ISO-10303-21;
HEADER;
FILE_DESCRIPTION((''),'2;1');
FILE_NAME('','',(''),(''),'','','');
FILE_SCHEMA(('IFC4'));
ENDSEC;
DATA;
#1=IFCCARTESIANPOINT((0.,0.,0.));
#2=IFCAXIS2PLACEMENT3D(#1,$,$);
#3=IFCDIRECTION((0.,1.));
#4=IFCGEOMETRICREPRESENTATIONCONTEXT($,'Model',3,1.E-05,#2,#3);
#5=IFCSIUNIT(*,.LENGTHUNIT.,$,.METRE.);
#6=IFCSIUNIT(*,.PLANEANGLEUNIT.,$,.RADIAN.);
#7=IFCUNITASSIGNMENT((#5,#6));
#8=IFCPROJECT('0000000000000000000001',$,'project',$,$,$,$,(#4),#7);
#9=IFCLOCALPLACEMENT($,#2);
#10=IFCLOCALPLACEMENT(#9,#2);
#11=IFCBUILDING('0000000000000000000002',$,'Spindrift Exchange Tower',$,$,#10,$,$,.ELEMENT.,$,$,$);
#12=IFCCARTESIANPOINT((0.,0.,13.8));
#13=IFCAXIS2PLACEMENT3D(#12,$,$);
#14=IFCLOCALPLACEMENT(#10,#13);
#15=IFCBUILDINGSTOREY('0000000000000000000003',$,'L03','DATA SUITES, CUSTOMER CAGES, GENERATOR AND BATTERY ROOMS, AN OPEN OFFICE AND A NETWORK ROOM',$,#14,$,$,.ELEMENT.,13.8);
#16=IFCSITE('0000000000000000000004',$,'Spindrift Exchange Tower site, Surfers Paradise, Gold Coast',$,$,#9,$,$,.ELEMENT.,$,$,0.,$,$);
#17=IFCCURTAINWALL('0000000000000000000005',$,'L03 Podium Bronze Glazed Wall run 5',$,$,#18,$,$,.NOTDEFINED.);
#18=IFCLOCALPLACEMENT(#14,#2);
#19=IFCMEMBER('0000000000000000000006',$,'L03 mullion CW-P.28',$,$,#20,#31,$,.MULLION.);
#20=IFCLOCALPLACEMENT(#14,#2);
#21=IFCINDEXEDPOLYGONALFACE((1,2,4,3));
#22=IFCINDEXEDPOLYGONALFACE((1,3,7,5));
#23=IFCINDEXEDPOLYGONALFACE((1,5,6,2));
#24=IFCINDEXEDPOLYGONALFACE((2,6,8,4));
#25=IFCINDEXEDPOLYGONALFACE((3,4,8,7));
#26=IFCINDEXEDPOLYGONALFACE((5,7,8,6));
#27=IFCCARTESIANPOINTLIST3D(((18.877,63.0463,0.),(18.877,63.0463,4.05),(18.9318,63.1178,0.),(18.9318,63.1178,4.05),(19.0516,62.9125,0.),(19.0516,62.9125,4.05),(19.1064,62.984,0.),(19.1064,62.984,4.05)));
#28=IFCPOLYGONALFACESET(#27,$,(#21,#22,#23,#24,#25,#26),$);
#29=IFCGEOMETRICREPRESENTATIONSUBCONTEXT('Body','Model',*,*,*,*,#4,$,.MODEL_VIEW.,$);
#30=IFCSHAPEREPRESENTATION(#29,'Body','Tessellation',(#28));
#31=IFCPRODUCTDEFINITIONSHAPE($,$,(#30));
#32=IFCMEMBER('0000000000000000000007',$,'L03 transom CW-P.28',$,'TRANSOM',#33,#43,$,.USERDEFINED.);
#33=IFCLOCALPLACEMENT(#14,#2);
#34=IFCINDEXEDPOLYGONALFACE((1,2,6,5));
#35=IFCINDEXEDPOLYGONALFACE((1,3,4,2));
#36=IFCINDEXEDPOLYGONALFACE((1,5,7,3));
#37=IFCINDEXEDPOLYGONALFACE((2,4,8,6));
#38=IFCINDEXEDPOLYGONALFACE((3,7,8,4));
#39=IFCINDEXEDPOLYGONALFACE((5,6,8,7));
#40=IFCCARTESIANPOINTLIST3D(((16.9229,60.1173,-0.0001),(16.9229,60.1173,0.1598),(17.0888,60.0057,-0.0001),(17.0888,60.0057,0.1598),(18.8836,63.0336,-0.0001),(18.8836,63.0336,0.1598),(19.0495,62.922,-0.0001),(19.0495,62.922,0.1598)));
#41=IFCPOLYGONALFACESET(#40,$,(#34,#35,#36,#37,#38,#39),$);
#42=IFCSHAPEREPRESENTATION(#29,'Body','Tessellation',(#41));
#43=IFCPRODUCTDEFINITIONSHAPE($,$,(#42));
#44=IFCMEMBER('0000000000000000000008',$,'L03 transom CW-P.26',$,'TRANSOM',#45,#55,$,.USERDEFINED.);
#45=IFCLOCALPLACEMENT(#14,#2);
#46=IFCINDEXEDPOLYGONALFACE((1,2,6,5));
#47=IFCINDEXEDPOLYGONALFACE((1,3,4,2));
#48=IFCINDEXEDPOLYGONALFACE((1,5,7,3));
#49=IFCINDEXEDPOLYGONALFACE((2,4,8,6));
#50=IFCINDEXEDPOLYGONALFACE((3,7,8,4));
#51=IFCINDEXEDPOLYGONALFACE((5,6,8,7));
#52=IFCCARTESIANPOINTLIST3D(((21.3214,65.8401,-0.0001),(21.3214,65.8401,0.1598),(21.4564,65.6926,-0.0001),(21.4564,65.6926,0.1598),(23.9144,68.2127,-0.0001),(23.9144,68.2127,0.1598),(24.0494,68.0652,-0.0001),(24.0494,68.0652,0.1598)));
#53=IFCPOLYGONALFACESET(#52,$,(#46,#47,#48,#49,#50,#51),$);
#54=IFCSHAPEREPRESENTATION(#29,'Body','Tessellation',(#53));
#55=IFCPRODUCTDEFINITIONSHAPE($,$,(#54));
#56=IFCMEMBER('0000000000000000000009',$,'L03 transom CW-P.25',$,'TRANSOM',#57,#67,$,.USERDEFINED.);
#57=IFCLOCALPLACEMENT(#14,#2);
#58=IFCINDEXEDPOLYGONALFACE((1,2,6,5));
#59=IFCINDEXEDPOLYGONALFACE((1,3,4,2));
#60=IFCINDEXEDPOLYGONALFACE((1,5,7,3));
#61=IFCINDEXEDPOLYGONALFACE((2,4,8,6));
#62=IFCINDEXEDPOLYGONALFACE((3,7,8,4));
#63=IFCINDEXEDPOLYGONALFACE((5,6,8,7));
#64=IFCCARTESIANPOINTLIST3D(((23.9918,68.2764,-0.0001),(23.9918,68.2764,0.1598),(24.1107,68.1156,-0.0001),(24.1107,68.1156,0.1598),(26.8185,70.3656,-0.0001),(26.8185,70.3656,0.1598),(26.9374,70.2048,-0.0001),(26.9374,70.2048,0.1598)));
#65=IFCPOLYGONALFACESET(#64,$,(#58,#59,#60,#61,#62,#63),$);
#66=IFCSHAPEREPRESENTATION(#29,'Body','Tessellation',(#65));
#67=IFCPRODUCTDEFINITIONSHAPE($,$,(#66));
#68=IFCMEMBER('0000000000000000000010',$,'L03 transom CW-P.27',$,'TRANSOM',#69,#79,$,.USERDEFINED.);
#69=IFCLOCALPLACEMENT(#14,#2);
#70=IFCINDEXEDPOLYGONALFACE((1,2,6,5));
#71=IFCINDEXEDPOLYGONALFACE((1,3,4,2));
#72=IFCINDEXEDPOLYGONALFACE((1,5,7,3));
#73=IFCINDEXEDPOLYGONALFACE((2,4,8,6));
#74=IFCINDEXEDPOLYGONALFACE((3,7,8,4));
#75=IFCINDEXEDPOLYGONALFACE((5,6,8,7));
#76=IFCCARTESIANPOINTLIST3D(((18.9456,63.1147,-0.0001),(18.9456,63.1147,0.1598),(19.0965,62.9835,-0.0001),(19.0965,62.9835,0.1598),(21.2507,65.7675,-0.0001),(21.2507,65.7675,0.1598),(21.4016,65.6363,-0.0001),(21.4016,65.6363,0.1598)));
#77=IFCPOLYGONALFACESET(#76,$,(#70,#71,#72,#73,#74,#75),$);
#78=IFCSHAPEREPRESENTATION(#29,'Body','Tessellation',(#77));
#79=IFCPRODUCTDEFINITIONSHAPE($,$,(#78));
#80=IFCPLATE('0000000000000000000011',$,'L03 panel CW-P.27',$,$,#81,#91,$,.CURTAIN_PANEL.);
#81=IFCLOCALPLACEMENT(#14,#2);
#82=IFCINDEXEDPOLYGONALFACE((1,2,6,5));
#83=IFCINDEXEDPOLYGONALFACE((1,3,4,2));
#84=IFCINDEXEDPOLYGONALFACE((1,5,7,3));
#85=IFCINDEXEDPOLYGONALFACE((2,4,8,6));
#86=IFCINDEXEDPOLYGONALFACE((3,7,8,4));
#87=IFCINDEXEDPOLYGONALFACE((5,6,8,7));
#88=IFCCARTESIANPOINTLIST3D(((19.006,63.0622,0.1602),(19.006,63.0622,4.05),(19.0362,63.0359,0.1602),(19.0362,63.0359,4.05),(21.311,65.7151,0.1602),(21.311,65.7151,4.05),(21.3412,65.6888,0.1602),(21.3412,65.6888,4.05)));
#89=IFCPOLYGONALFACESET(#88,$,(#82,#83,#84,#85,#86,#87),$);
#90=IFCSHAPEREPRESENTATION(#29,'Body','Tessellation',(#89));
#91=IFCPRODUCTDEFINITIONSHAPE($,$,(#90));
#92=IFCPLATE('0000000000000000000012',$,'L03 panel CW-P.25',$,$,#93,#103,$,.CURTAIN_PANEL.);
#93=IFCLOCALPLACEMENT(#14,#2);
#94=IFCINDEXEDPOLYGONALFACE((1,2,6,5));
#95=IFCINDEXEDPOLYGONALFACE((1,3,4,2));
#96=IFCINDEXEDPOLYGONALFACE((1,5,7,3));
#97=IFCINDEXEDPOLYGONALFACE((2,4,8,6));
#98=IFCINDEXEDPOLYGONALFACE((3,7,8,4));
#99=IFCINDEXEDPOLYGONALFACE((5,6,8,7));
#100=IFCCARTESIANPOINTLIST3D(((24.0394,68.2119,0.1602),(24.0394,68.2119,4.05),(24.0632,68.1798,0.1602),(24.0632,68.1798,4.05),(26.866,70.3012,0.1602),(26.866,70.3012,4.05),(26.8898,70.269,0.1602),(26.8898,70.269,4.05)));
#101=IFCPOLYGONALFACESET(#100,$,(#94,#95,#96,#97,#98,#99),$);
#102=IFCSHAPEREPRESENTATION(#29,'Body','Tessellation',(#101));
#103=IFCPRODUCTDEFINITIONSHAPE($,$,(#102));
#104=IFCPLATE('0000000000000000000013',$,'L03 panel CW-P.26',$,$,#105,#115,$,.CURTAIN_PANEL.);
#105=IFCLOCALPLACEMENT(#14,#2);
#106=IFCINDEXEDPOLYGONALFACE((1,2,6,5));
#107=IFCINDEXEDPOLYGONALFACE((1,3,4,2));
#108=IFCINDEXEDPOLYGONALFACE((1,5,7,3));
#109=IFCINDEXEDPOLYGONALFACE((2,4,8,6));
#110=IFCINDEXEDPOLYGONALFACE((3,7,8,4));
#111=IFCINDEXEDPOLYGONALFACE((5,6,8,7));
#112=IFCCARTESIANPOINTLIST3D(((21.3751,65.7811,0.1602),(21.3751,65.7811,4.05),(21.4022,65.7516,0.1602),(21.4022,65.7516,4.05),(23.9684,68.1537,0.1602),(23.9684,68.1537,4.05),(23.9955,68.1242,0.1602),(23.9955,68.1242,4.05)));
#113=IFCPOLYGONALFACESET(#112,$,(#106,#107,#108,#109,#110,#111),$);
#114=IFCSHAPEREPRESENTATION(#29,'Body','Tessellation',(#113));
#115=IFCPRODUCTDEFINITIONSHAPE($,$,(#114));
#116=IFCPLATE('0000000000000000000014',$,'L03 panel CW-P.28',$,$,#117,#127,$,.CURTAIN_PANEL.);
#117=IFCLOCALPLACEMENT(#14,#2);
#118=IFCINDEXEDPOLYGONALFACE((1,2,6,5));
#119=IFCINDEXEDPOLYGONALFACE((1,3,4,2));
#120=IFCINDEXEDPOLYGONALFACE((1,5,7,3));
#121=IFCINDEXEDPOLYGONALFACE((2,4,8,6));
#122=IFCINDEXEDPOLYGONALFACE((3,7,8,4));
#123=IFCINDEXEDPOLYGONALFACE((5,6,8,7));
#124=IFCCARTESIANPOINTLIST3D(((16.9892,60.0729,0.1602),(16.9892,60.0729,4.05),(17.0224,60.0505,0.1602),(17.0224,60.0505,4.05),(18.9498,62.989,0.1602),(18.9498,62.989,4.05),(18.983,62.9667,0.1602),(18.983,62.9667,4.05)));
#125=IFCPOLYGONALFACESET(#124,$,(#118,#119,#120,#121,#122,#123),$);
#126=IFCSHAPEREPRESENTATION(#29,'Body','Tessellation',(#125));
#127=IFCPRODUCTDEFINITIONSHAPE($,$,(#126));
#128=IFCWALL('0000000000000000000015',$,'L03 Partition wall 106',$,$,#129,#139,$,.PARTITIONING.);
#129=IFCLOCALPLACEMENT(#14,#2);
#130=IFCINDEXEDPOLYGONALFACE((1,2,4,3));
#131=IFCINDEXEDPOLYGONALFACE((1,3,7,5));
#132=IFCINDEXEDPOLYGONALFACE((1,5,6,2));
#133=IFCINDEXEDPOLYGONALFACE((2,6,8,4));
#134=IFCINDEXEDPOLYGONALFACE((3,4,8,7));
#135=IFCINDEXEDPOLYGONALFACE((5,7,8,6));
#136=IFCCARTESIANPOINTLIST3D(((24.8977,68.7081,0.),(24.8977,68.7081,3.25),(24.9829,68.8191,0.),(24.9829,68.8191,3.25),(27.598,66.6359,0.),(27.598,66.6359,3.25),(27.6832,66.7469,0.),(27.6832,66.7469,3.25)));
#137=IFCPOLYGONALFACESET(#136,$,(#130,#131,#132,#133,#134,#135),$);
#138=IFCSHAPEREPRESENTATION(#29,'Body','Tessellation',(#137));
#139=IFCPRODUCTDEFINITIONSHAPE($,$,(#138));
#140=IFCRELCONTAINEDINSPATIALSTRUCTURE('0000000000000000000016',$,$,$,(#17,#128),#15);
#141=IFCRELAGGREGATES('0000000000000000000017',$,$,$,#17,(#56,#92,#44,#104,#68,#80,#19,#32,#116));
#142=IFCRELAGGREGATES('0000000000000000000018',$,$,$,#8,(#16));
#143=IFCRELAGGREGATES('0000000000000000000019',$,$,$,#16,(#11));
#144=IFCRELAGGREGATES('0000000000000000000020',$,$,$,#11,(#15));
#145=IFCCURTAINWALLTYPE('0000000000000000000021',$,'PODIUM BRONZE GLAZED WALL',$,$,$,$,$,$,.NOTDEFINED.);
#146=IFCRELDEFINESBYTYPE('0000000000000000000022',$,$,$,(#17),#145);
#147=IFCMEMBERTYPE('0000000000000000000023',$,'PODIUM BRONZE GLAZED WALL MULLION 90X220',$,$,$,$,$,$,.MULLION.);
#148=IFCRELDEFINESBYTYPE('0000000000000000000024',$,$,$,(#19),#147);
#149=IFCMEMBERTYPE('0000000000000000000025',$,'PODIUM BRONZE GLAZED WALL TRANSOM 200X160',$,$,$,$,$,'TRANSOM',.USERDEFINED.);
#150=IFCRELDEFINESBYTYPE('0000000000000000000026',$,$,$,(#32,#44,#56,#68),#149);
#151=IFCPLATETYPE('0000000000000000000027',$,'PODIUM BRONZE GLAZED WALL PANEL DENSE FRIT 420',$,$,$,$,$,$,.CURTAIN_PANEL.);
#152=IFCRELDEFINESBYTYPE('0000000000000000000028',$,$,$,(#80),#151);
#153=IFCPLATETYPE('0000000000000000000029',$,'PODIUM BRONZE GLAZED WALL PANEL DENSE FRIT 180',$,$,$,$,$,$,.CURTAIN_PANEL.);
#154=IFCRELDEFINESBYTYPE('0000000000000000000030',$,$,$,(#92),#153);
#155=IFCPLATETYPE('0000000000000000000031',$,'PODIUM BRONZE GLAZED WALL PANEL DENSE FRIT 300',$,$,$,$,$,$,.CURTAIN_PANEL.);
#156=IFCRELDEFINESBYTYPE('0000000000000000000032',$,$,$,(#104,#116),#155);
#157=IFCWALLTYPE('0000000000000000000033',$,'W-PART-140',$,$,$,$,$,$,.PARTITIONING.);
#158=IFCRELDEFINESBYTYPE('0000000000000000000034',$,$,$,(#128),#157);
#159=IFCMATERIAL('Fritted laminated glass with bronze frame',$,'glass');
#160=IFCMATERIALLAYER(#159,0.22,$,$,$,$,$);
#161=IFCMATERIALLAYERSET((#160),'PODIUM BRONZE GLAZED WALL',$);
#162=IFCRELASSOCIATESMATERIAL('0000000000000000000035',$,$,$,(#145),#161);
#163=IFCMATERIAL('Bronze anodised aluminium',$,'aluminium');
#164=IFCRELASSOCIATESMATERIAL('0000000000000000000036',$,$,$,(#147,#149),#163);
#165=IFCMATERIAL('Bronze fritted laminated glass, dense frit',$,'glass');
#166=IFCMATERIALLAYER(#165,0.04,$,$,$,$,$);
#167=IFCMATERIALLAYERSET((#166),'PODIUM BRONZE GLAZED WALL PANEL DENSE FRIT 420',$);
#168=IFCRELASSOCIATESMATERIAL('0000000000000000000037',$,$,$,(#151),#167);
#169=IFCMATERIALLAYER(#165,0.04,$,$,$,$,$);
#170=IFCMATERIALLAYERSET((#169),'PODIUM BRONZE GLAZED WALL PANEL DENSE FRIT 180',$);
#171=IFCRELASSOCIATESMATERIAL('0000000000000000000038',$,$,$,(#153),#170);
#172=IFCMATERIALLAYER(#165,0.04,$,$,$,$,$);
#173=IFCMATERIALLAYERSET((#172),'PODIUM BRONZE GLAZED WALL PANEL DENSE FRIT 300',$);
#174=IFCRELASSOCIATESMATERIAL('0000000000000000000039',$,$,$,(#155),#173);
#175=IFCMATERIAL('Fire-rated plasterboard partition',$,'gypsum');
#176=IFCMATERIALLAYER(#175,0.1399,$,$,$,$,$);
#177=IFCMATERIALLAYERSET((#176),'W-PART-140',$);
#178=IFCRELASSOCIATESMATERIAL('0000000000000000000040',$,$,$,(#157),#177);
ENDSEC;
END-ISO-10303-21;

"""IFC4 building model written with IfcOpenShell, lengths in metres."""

from ifc_helpers import new_model, si_unit, direction, frame, frame_2d, origin, origin_2d, place, context, subcontext, project, spatial, rectangle, extrude, source, transform, mapped, material, layer, layer_set, material_profile, profile_set, type_object, element, aggregate, save


model = new_model("IFC4")

# Units and contexts
model_context = context("Model", 3, precision=1e-05, world=origin(), true_north=direction((0.0, 1.0)))
body_context = subcontext(model_context, "Body", "Model", "MODEL_VIEW")
ifc_project = project(units=[si_unit("LENGTHUNIT", "METRE"), si_unit("PLANEANGLEUNIT", "RADIAN")], contexts=[model_context])

# Site, building, storey
site_placement = place(None, origin())
site = spatial("IfcSite", under=ifc_project, at=site_placement, Name="Spindrift Exchange Tower site, Surfers Paradise, Gold Coast", CompositionType="ELEMENT", RefElevation=0.0)
building_placement = place(site_placement, origin())
building = spatial("IfcBuilding", under=site, at=building_placement, Name="Spindrift Exchange Tower", CompositionType="ELEMENT")
storey_placement = place(building_placement, frame((0.0, 0.0, 13.8)))
storey = spatial("IfcBuildingStorey", under=building, at=storey_placement, Name="L03", Description="DATA SUITES, CUSTOMER CAGES, GENERATOR AND BATTERY ROOMS, AN OPEN OFFICE AND A NETWORK ROOM", CompositionType="ELEMENT", Elevation=13.8)

# Curtain wall, members, plates
ifc_material_1 = material(Name="Fritted laminated glass with bronze frame", Category="glass")
ifc_layer_1 = layer(ifc_material_1, 0.22)
ifc_layer_set_1 = layer_set([ifc_layer_1], Name="PODIUM BRONZE GLAZED WALL")
curtain_wall_type = type_object("IfcCurtainWallType", Name="PODIUM BRONZE GLAZED WALL", PredefinedType="NOTDEFINED", material=ifc_layer_set_1)
curtain_wall_placement = place(storey_placement, origin())
curtain_wall = element("IfcCurtainWall", 1, at=curtain_wall_placement, inside=storey, type_object=curtain_wall_type, Name="L03 Podium Bronze Glazed Wall run 5", PredefinedType="NOTDEFINED")
ifc_material_2 = material(Name="Bronze anodised aluminium", Category="aluminium")
ifc_material_profile_1 = material_profile(ifc_material_2, rectangle(XDim=0.0901, YDim=0.22, at=origin_2d()), Name="PODIUM BRONZE GLAZED WALL MULLION 90X220")
ifc_profile_set_1 = profile_set([ifc_material_profile_1], Name="Bronze anodised aluminium")
member_type_1 = type_object("IfcMemberType", Name="PODIUM BRONZE GLAZED WALL MULLION 90X220", PredefinedType="MULLION", material=ifc_profile_set_1)
shared_shape_1 = source(origin(), body_context, "Body", "SweptSolid", [
    extrude(rectangle(XDim=0.0901, YDim=0.22, at=origin_2d()), origin(), (0.0, 0.0, 1.0), 4.05),
])
member_1_placement = place(storey_placement, frame((18.9917, 63.0151, 0.0), z_axis=(0.0, 0.0, 1.0), x_axis=(-0.60807, -0.793883, 0.0)))
member_1 = element("IfcMember", 2, at=member_1_placement, type_object=member_type_1, Name="L03 mullion CW-P.28", PredefinedType="MULLION", context=body_context, shape_type="MappedRepresentation", body=[
    mapped(shared_shape_1, transform((0.0, 0.0, 0.0), scale=1.0)),
])
ifc_material_profile_2 = material_profile(ifc_material_2, rectangle(XDim=0.2, YDim=0.1599, at=origin_2d()), Name="PODIUM BRONZE GLAZED WALL TRANSOM 200X160")
ifc_profile_set_2 = profile_set([ifc_material_profile_2], Name="Bronze anodised aluminium")
member_type_2 = type_object("IfcMemberType", Name="PODIUM BRONZE GLAZED WALL TRANSOM 200X160", ElementType="TRANSOM", PredefinedType="USERDEFINED", material=ifc_profile_set_2)
shared_shape_2 = source(origin(), body_context, "Body", "SweptSolid", [
    extrude(rectangle(XDim=0.2, YDim=0.1599, at=origin_2d()), origin(), (0.0, 0.0, 1.0), 3.5142),
])
member_2_placement = place(storey_placement, frame((18.9666, 62.9778, 0.0798), z_axis=(-0.557951, -0.829874, 0.0), x_axis=(0.829874, -0.557951, 0.0)))
member_2 = element("IfcMember", 3, at=member_2_placement, type_object=member_type_2, Name="L03 transom CW-P.28", ObjectType="TRANSOM", PredefinedType="USERDEFINED", context=body_context, shape_type="MappedRepresentation", body=[
    mapped(shared_shape_2, transform((0.0, 0.0, 0.0), scale=1.0)),
])
shared_shape_3 = source(origin(), body_context, "Body", "SweptSolid", [
    extrude(rectangle(XDim=0.2, YDim=0.1599, at=origin_2d()), origin(), (0.0, 0.0, 1.0), 3.5146),
])
member_3_placement = place(storey_placement, frame((23.9819, 68.1389, 0.0798), z_axis=(-0.737774, -0.675048, 0.0), x_axis=(0.675048, -0.737774, 0.0)))
member_3 = element("IfcMember", 4, at=member_3_placement, type_object=member_type_2, Name="L03 transom CW-P.26", ObjectType="TRANSOM", PredefinedType="USERDEFINED", context=body_context, shape_type="MappedRepresentation", body=[
    mapped(shared_shape_3, transform((0.0, 0.0, 0.0), scale=1.0)),
])
shared_shape_4 = source(origin(), body_context, "Body", "SweptSolid", [
    extrude(rectangle(XDim=0.2, YDim=0.1599, at=origin_2d()), origin(), (0.0, 0.0, 1.0), 3.5149),
])
member_4_placement = place(storey_placement, frame((26.8779, 70.2852, 0.0798), z_axis=(-0.804198, -0.594362, 0.0), x_axis=(0.594362, -0.804198, 0.0)))
member_4 = element("IfcMember", 5, at=member_4_placement, type_object=member_type_2, Name="L03 transom CW-P.25", ObjectType="TRANSOM", PredefinedType="USERDEFINED", context=body_context, shape_type="MappedRepresentation", body=[
    mapped(shared_shape_4, transform((0.0, 0.0, 0.0), scale=1.0)),
])
shared_shape_5 = source(origin(), body_context, "Body", "SweptSolid", [
    extrude(rectangle(XDim=0.2, YDim=0.1599, at=origin_2d()), origin(), (0.0, 0.0, 1.0), 3.5144),
])
member_5_placement = place(storey_placement, frame((21.3262, 65.7019, 0.0798), z_axis=(-0.655914, -0.754836, 0.0), x_axis=(0.754836, -0.655914, 0.0)))
member_5 = element("IfcMember", 6, at=member_5_placement, type_object=member_type_2, Name="L03 transom CW-P.27", ObjectType="TRANSOM", PredefinedType="USERDEFINED", context=body_context, shape_type="MappedRepresentation", body=[
    mapped(shared_shape_5, transform((0.0, 0.0, 0.0), scale=1.0)),
])
ifc_material_3 = material(Name="Bronze fritted laminated glass, dense frit", Category="glass")
ifc_layer_2 = layer(ifc_material_3, 0.04)
ifc_layer_set_2 = layer_set([ifc_layer_2], Name="PODIUM BRONZE GLAZED WALL PANEL DENSE FRIT 420")
plate_type_1 = type_object("IfcPlateType", Name="PODIUM BRONZE GLAZED WALL PANEL DENSE FRIT 420", PredefinedType="CURTAIN_PANEL", material=ifc_layer_set_2)
shared_shape_6 = source(origin(), body_context, "Body", "SweptSolid", [
    extrude(rectangle(XDim=3.5144, YDim=0.04, at=origin_2d()), origin(), (0.0, 0.0, 1.0), 3.8899),
])
plate_1_placement = place(storey_placement, frame((20.1736, 64.3755, 0.1602), z_axis=(0.0, 0.0, 1.0), x_axis=(-0.655876, -0.754869, 0.0)))
plate_1 = element("IfcPlate", 7, at=plate_1_placement, type_object=plate_type_1, Name="L03 panel CW-P.27", PredefinedType="CURTAIN_PANEL", context=body_context, shape_type="MappedRepresentation", body=[
    mapped(shared_shape_6, transform((0.0, 0.0, 0.0), scale=1.0)),
])
ifc_layer_3 = layer(ifc_material_3, 0.04)
ifc_layer_set_3 = layer_set([ifc_layer_3], Name="PODIUM BRONZE GLAZED WALL PANEL DENSE FRIT 180")
plate_type_2 = type_object("IfcPlateType", Name="PODIUM BRONZE GLAZED WALL PANEL DENSE FRIT 180", PredefinedType="CURTAIN_PANEL", material=ifc_layer_set_3)
shared_shape_7 = source(origin(), body_context, "Body", "SweptSolid", [
    extrude(rectangle(XDim=3.5149, YDim=0.04, at=origin_2d()), origin(), (0.0, 0.0, 1.0), 3.8899),
])
plate_2_placement = place(storey_placement, frame((25.4646, 69.2405, 0.1602), z_axis=(0.0, 0.0, 1.0), x_axis=(-0.804168, -0.594402, 0.0)))
plate_2 = element("IfcPlate", 8, at=plate_2_placement, type_object=plate_type_2, Name="L03 panel CW-P.25", PredefinedType="CURTAIN_PANEL", context=body_context, shape_type="MappedRepresentation", body=[
    mapped(shared_shape_7, transform((0.0, 0.0, 0.0), scale=1.0)),
])
ifc_layer_4 = layer(ifc_material_3, 0.04)
ifc_layer_set_4 = layer_set([ifc_layer_4], Name="PODIUM BRONZE GLAZED WALL PANEL DENSE FRIT 300")
plate_type_3 = type_object("IfcPlateType", Name="PODIUM BRONZE GLAZED WALL PANEL DENSE FRIT 300", PredefinedType="CURTAIN_PANEL", material=ifc_layer_set_4)
shared_shape_8 = source(origin(), body_context, "Body", "SweptSolid", [
    extrude(rectangle(XDim=3.5149, YDim=0.04, at=origin_2d()), origin(), (0.0, 0.0, 1.0), 3.8899),
])
plate_3_placement = place(storey_placement, frame((22.6853, 66.9526, 0.1602), z_axis=(0.0, 0.0, 1.0), x_axis=(-0.737798, -0.675021, 0.0)))
plate_3 = element("IfcPlate", 9, at=plate_3_placement, type_object=plate_type_3, Name="L03 panel CW-P.26", PredefinedType="CURTAIN_PANEL", context=body_context, shape_type="MappedRepresentation", body=[
    mapped(shared_shape_8, transform((0.0, 0.0, 0.0), scale=1.0)),
])
shared_shape_9 = source(origin(), body_context, "Body", "SweptSolid", [
    extrude(rectangle(XDim=3.5139, YDim=0.04, at=origin_2d()), origin(), (0.0, 0.0, 1.0), 3.8899),
])
plate_4_placement = place(storey_placement, frame((17.9861, 61.5198, 0.1602), z_axis=(0.0, 0.0, 1.0), x_axis=(-0.557949, -0.829875, 0.0)))
plate_4 = element("IfcPlate", 10, at=plate_4_placement, type_object=plate_type_3, Name="L03 panel CW-P.28", PredefinedType="CURTAIN_PANEL", context=body_context, shape_type="MappedRepresentation", body=[
    mapped(shared_shape_9, transform((0.0, 0.0, 0.0), scale=1.0)),
])
aggregate(curtain_wall, [member_4, plate_2, member_3, plate_3, member_5, plate_1, member_1, member_2, plate_4])

# Wall
ifc_material_4 = material(Name="Fire-rated plasterboard partition", Category="gypsum")
ifc_layer_5 = layer(ifc_material_4, 0.1399)
ifc_layer_set_5 = layer_set([ifc_layer_5], Name="W-PART-140")
wall_type = type_object("IfcWallType", Name="W-PART-140", PredefinedType="PARTITIONING", material=ifc_layer_set_5)
wall_placement = place(storey_placement, frame((27.6406, 66.6914, 0.0), z_axis=(0.0, 0.0, 1.0), x_axis=(-0.793333, 0.608788, 0.0)))
element("IfcWall", 11, at=wall_placement, inside=storey, type_object=wall_type, Name="L03 Partition wall 106", PredefinedType="PARTITIONING", context=body_context, shape_type="SweptSolid", body=[
    extrude(rectangle(XDim=3.4038, YDim=0.1399, at=frame_2d((1.7019, 0.0))), origin(), (0.0, 0.0, 1.0), 3.25),
])

save(model, "model.ifc")
